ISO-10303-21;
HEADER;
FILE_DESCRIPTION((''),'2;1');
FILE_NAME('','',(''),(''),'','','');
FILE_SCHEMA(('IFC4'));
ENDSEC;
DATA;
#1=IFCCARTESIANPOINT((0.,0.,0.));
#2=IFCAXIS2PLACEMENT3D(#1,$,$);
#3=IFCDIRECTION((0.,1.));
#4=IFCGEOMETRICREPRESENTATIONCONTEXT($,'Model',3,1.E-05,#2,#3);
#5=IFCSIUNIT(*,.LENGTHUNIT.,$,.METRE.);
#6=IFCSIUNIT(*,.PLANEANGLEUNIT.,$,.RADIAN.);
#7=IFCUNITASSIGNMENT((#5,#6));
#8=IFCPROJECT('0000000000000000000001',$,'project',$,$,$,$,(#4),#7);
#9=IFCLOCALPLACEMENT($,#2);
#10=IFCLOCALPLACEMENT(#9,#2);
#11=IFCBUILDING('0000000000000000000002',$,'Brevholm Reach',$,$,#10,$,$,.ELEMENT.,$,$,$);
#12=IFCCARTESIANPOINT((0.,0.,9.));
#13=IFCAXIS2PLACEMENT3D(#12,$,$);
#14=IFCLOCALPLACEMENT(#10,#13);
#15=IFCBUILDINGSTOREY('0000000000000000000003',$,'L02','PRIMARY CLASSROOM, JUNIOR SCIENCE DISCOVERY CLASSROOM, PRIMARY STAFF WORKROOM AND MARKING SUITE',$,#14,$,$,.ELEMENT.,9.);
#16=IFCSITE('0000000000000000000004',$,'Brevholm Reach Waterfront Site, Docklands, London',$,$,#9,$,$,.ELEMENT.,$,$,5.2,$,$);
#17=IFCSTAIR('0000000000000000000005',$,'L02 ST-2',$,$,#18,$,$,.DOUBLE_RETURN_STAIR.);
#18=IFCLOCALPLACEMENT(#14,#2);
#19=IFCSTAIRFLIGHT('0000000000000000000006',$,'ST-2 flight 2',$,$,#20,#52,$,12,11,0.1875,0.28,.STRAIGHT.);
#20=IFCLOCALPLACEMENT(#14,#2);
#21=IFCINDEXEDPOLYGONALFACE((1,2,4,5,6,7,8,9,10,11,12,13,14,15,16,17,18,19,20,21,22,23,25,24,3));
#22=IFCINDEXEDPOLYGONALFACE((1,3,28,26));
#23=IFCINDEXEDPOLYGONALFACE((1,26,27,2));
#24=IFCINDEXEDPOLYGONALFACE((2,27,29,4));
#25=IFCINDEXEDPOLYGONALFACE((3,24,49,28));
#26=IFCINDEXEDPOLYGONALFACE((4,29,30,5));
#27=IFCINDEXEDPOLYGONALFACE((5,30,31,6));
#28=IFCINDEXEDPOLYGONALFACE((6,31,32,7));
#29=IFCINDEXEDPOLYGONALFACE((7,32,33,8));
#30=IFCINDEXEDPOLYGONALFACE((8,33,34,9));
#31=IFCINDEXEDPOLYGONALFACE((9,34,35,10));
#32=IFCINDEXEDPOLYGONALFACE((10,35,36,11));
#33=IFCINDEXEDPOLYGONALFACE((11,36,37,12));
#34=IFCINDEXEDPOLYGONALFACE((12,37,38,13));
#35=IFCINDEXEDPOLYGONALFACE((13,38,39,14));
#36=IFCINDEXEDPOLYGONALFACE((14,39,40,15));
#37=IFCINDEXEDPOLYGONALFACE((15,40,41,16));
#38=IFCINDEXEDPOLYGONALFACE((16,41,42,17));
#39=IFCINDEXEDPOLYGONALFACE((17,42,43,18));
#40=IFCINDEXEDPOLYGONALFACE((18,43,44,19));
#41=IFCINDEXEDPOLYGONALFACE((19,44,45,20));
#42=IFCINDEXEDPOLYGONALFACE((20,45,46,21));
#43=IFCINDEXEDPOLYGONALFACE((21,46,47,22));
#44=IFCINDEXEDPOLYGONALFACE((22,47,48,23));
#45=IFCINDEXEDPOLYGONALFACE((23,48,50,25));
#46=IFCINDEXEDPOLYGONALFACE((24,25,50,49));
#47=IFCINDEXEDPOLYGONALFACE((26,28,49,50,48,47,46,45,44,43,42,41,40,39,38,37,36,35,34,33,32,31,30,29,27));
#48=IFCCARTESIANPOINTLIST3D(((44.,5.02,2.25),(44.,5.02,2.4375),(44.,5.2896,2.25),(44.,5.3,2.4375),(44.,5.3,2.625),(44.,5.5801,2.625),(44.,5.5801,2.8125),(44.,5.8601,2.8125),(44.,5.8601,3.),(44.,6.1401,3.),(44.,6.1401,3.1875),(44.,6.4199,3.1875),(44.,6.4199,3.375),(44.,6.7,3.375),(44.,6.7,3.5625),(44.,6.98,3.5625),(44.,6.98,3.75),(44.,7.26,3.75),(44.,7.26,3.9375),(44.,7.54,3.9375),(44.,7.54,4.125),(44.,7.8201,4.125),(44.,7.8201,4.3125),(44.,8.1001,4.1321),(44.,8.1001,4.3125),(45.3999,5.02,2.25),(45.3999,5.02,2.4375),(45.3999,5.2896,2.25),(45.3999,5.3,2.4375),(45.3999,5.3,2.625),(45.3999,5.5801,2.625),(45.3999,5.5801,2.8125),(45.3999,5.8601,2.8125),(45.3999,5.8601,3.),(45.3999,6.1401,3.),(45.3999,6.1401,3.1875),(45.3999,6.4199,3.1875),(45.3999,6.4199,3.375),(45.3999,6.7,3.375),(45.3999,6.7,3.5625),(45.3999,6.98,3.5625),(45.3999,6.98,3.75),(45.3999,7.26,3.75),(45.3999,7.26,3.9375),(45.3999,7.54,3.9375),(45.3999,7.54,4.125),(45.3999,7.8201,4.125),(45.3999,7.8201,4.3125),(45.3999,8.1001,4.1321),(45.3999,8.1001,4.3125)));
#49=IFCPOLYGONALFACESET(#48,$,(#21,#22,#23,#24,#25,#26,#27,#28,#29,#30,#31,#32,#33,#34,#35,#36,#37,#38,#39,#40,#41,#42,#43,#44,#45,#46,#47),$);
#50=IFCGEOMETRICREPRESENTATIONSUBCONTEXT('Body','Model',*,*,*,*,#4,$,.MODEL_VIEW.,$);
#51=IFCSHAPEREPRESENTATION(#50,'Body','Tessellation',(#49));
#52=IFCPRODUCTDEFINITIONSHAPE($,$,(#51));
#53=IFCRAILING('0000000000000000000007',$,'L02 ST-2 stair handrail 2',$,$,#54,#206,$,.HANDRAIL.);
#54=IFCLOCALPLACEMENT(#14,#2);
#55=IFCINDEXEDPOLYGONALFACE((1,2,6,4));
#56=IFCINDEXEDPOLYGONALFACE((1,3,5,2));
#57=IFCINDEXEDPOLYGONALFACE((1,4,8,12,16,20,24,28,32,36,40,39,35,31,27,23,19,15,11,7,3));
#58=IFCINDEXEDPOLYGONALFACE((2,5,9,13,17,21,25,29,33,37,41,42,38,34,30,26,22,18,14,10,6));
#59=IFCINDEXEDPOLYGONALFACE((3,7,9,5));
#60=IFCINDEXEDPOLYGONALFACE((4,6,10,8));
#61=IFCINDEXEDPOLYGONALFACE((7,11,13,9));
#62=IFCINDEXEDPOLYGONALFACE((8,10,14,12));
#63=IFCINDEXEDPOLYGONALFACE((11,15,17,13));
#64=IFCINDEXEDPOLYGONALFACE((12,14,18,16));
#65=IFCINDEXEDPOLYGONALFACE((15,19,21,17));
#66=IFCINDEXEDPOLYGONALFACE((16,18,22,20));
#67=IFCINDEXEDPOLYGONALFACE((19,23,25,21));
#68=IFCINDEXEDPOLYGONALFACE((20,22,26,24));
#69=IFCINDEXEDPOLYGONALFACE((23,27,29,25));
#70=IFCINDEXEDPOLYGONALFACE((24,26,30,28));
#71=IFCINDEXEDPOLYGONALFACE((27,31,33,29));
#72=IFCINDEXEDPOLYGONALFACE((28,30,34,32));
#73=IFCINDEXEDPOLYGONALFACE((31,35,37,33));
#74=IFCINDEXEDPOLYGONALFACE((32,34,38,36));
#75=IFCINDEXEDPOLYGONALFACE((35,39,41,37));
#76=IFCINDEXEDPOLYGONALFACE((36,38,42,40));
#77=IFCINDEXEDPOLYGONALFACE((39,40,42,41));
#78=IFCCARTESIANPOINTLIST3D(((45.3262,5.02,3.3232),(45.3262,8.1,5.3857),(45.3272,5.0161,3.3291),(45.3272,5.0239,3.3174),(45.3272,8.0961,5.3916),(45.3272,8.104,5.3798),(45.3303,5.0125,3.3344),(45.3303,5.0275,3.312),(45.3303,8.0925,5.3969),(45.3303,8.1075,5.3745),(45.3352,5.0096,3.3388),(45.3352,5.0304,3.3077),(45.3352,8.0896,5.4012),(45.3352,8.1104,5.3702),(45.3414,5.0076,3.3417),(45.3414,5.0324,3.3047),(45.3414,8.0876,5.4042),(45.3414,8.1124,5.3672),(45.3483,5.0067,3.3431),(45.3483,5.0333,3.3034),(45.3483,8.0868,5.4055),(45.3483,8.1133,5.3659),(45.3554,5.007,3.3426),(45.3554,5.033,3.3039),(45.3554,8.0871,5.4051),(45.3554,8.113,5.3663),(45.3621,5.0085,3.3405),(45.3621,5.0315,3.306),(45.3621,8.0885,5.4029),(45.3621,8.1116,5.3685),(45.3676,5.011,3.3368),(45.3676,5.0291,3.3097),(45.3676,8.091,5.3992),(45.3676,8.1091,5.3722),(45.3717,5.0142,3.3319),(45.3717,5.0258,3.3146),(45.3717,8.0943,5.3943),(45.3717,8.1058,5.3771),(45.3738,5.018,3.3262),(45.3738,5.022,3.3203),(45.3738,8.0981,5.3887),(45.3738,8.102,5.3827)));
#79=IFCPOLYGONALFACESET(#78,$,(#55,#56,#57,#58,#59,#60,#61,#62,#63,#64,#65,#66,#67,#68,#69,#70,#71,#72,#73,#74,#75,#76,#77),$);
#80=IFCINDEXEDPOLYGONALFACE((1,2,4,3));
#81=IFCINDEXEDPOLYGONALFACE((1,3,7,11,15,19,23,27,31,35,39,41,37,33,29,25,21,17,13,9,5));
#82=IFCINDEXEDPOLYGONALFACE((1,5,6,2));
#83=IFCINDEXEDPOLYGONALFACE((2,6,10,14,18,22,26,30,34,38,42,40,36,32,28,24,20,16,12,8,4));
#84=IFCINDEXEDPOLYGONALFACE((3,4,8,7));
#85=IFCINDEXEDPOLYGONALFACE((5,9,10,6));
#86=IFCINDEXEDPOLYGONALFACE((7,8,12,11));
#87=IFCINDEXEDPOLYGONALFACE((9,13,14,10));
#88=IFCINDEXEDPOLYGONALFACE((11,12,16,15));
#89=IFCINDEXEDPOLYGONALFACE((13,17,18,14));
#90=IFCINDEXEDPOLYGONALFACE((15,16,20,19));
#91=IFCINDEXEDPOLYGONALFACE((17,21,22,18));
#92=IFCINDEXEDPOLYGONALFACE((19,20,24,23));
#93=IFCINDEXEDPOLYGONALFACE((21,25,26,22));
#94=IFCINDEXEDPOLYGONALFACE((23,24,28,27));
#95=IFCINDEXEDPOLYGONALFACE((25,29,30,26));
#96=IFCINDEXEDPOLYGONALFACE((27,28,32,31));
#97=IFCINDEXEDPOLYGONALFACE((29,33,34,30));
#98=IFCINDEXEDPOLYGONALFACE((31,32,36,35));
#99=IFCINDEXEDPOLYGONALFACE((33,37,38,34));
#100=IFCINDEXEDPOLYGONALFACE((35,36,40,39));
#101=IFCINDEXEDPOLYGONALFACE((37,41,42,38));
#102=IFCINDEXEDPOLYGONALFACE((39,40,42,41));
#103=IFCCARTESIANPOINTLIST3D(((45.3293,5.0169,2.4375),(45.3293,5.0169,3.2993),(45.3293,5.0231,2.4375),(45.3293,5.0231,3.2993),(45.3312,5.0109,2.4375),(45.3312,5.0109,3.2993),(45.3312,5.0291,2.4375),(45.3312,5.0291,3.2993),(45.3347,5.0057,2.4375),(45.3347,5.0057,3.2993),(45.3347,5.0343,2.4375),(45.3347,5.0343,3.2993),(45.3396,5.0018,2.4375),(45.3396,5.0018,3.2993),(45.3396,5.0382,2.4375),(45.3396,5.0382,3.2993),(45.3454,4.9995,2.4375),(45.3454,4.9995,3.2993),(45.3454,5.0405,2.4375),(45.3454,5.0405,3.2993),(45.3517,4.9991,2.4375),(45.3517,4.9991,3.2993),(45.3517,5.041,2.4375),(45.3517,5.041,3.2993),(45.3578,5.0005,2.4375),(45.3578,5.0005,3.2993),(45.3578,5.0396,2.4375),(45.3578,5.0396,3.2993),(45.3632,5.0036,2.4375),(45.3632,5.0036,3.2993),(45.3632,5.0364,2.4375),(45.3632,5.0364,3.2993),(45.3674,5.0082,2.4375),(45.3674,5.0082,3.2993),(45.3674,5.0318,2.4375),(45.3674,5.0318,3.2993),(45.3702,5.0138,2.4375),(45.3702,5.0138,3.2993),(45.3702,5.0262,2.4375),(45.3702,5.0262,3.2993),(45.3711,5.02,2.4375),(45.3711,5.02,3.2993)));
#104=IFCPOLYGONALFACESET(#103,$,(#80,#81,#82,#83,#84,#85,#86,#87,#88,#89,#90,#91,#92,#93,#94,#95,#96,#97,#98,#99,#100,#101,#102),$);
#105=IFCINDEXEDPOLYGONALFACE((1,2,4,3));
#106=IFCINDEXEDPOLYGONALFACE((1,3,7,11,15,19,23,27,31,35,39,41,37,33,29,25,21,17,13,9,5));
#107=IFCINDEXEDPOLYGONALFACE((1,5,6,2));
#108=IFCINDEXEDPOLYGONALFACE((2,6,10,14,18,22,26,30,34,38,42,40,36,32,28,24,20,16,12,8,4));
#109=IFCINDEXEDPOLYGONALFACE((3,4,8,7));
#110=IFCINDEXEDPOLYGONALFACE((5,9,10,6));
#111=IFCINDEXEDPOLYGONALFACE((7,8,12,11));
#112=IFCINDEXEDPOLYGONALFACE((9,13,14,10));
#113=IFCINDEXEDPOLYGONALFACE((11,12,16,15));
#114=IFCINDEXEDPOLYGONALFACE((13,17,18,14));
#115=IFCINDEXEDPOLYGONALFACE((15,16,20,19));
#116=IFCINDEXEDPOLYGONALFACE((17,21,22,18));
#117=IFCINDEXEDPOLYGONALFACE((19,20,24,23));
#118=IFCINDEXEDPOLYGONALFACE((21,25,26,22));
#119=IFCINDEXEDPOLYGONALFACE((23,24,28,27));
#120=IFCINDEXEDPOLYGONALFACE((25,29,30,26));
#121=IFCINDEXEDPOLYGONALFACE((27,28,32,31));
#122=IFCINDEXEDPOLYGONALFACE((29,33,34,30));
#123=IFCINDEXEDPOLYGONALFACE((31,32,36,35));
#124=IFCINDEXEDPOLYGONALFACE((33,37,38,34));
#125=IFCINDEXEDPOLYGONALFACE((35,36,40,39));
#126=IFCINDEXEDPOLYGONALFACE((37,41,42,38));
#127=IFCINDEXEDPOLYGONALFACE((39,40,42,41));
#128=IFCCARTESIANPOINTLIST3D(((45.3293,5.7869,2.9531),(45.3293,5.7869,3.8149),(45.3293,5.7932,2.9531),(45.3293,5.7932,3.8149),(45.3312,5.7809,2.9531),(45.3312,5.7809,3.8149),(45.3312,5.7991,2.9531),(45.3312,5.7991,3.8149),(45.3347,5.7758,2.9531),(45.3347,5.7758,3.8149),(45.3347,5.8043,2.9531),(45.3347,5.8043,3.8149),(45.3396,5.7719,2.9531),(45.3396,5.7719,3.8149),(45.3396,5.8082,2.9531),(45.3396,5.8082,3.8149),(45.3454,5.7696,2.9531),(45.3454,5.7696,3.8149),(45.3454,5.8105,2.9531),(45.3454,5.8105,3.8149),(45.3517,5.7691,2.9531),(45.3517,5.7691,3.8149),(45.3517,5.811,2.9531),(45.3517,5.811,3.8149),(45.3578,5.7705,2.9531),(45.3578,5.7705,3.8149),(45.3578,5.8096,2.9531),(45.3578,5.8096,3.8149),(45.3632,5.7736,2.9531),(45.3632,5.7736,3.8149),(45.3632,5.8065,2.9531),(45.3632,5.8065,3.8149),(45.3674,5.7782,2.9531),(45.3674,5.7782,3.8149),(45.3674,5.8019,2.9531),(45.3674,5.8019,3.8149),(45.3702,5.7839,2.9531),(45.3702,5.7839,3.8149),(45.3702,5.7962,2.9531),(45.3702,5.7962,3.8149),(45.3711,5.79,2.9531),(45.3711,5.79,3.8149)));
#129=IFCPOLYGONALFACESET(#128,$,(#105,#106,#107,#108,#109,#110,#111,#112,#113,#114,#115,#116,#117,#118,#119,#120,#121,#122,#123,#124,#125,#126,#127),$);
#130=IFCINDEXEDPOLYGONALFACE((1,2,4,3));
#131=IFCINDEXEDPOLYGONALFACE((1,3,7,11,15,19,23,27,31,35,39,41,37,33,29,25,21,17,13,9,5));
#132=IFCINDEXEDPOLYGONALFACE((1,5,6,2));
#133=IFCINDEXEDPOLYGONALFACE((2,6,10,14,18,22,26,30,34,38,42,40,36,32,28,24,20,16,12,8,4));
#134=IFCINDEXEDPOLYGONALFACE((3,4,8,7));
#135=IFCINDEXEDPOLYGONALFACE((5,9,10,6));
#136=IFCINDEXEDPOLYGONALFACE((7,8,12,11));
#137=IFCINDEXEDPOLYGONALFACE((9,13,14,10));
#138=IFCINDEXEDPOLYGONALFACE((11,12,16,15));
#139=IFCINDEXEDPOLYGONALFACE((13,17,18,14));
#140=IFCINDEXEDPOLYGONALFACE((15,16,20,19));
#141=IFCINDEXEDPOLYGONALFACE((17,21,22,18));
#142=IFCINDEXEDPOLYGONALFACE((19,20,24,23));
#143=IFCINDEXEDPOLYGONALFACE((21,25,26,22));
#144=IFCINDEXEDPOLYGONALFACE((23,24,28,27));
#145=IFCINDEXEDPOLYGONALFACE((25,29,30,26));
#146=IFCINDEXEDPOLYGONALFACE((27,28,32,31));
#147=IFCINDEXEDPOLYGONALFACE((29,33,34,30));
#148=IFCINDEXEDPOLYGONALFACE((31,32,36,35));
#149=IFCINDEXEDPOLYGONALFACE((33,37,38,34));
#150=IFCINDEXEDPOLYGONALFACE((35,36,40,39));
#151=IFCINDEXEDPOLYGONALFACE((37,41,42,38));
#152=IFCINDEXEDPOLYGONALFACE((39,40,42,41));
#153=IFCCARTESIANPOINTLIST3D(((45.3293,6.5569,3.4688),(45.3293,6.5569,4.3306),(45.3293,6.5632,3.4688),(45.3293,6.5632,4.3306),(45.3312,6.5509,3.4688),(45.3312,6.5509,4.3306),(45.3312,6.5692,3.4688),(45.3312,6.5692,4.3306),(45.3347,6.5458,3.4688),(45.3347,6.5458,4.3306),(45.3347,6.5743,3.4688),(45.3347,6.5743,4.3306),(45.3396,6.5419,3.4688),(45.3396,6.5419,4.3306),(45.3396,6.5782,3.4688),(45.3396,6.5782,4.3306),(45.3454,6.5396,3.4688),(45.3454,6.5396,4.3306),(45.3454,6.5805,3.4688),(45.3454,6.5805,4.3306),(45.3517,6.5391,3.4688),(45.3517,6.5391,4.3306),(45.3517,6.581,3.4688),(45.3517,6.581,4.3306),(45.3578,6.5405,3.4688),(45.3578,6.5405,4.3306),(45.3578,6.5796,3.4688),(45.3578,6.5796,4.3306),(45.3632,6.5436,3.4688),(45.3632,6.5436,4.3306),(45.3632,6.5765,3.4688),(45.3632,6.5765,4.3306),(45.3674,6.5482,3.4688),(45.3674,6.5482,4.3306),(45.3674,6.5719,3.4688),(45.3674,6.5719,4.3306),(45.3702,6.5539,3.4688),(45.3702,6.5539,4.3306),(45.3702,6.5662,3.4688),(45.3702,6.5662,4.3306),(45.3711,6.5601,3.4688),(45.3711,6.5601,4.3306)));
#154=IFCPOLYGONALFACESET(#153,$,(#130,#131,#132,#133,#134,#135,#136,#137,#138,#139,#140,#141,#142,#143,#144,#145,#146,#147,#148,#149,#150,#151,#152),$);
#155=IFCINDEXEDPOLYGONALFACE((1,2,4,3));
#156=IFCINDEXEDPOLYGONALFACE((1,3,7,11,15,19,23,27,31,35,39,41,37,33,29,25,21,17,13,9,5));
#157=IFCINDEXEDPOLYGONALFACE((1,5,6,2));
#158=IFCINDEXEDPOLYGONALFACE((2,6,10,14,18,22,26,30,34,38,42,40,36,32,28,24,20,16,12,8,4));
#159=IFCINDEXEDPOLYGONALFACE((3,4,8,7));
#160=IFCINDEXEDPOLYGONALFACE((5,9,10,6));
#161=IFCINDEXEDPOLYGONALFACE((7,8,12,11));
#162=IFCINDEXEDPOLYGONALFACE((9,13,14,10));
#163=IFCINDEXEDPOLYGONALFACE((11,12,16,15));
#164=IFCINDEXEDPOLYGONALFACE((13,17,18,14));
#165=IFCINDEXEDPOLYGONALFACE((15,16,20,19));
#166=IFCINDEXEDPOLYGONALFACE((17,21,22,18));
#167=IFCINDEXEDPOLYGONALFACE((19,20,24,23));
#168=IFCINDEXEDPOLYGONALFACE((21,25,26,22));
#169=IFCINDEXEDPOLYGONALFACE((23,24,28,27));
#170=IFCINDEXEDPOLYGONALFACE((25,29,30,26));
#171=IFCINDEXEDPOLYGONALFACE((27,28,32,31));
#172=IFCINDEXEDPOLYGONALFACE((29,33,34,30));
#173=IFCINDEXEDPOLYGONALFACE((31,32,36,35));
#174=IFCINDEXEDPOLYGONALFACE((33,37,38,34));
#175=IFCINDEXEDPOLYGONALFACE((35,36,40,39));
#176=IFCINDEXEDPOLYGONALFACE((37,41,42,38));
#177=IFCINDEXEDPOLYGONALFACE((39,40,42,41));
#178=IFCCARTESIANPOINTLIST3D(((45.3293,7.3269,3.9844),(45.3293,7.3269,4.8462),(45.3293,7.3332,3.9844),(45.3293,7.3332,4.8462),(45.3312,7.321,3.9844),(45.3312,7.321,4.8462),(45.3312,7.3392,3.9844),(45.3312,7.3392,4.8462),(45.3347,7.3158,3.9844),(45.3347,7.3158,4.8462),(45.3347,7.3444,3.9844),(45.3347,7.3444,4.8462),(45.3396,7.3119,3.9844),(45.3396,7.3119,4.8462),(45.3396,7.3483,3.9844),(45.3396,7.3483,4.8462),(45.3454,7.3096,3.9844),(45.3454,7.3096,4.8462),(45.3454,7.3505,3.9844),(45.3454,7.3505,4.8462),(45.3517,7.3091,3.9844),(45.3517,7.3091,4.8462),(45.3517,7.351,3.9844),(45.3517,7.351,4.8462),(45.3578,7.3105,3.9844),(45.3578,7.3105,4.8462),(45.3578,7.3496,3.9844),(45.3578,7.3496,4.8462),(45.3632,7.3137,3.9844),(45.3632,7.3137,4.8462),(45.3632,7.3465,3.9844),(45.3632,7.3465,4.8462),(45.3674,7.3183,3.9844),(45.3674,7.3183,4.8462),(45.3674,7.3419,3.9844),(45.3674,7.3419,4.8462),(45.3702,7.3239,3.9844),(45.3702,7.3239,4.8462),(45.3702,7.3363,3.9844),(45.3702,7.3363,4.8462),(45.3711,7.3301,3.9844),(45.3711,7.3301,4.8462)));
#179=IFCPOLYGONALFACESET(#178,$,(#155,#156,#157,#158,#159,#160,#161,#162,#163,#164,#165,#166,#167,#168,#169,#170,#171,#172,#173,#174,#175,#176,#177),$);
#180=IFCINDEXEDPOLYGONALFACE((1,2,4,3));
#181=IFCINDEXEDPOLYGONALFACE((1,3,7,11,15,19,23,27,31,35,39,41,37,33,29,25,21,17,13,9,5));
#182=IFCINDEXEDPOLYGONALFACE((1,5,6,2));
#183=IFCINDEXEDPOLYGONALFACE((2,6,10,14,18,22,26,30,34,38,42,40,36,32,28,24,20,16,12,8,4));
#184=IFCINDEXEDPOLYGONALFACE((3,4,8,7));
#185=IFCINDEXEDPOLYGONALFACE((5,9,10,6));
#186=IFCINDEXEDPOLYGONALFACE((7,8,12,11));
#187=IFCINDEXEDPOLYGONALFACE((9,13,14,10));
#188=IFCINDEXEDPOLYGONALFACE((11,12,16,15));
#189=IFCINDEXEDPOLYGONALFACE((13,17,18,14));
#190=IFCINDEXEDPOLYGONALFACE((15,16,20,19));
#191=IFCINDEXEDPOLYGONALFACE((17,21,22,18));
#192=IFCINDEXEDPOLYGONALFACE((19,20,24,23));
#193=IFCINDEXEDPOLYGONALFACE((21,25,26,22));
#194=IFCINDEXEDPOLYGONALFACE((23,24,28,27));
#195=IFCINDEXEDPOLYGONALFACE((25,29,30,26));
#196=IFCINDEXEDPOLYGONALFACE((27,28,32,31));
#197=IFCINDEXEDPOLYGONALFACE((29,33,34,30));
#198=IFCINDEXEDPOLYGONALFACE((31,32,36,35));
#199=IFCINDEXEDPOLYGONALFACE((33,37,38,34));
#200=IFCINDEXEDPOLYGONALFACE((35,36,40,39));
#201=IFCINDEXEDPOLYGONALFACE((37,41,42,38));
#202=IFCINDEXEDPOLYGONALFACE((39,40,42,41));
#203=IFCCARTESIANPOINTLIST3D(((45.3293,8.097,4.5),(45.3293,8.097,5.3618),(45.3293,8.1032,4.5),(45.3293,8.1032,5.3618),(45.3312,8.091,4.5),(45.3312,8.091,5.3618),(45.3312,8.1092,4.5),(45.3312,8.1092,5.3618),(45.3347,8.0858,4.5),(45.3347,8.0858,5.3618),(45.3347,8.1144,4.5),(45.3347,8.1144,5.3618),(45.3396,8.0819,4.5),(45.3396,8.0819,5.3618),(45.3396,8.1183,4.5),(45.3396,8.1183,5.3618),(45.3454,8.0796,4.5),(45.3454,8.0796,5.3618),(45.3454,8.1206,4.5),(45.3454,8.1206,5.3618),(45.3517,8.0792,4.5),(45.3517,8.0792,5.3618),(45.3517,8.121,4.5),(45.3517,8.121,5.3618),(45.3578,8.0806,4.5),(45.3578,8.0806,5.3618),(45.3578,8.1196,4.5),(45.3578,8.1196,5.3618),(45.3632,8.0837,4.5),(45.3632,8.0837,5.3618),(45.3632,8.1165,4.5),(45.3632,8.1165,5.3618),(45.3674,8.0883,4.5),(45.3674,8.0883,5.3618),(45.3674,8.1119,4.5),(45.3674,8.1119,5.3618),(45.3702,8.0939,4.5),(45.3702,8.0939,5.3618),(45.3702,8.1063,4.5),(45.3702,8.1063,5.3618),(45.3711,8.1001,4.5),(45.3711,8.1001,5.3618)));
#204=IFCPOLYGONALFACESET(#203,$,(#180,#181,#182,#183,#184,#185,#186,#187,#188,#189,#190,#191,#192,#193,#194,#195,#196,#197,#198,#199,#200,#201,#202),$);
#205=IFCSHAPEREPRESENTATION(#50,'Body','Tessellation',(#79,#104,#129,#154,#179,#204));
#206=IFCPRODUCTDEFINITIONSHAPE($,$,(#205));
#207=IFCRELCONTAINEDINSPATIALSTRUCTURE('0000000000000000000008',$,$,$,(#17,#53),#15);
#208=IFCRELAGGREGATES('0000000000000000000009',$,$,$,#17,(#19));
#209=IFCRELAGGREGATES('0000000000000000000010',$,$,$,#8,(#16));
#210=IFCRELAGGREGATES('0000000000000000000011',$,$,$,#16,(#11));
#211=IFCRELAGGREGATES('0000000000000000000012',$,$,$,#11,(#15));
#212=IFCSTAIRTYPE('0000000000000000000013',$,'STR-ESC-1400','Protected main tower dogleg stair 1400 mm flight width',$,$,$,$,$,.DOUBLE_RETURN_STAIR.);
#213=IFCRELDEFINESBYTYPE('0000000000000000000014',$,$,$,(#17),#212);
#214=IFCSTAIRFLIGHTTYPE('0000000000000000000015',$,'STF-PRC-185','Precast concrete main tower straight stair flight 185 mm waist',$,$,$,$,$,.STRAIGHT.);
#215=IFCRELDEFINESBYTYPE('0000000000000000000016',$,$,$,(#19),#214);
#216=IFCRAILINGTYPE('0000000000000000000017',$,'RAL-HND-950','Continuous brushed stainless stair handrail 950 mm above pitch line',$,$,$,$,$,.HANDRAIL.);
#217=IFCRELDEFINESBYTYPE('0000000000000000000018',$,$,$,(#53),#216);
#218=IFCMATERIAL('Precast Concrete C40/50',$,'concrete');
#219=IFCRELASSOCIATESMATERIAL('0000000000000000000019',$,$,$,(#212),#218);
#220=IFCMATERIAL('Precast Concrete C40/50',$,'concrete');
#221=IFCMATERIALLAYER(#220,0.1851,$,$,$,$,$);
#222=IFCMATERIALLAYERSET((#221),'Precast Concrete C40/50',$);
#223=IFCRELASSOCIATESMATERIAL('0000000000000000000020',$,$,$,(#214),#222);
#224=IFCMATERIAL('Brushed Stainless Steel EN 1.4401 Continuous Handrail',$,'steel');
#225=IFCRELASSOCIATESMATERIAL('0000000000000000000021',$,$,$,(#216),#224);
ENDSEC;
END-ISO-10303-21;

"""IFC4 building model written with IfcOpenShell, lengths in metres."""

from ifc_helpers import new_model, si_unit, direction, frame, origin, origin_2d, place, context, subcontext, project, spatial, polyline, circle, outline, extrude, material, layer, layer_set, type_object, element, aggregate, save


model = new_model("IFC4")

# Units and contexts
model_context = context("Model", 3, precision=1e-05, world=origin(), true_north=direction((0.0, 1.0)))
body_context = subcontext(model_context, "Body", "Model", "MODEL_VIEW")
ifc_project = project(units=[si_unit("LENGTHUNIT", "METRE"), si_unit("PLANEANGLEUNIT", "RADIAN")], contexts=[model_context])

# Site, building, storey
site_placement = place(None, origin())
site = spatial("IfcSite", under=ifc_project, at=site_placement, Name="Brevholm Reach Waterfront Site, Docklands, London", CompositionType="ELEMENT", RefElevation=5.2)
building_placement = place(site_placement, origin())
building = spatial("IfcBuilding", under=site, at=building_placement, Name="Brevholm Reach", CompositionType="ELEMENT")
storey_placement = place(building_placement, frame((0.0, 0.0, 9.0)))
storey = spatial("IfcBuildingStorey", under=building, at=storey_placement, Name="L02", Description="PRIMARY CLASSROOM, JUNIOR SCIENCE DISCOVERY CLASSROOM, PRIMARY STAFF WORKROOM AND MARKING SUITE", CompositionType="ELEMENT", Elevation=9.0)

# Stair, stair flight
ifc_material_1 = material(Name="Precast Concrete C40/50", Category="concrete")
stair_type = type_object("IfcStairType", Name="STR-ESC-1400", Description="Protected main tower dogleg stair 1400 mm flight width", PredefinedType="DOUBLE_RETURN_STAIR", material=ifc_material_1)
stair_placement = place(storey_placement, origin())
stair = element("IfcStair", 1, at=stair_placement, inside=storey, type_object=stair_type, Name="L02 ST-2", PredefinedType="DOUBLE_RETURN_STAIR")
ifc_material_2 = material(Name="Precast Concrete C40/50", Category="concrete")
ifc_layer_1 = layer(ifc_material_2, 0.1851)
ifc_layer_set_1 = layer_set([ifc_layer_1], Name="Precast Concrete C40/50")
stair_flight_type = type_object("IfcStairFlightType", Name="STF-PRC-185", Description="Precast concrete main tower straight stair flight 185 mm waist", PredefinedType="STRAIGHT", material=ifc_layer_set_1)
stair_flight_placement = place(storey_placement, frame((44.7, 5.02, 2.25), z_axis=(0.0, 0.0, 1.0), x_axis=(0.0, 1.0, 0.0)))
stair_flight = element("IfcStairFlight", 2, at=stair_flight_placement, type_object=stair_flight_type, Name="ST-2 flight 2", NumberOfRisers=12, NumberOfTreads=11, PredefinedType="STRAIGHT", RiserHeight=0.1875, TreadLength=0.28, context=body_context, shape_type="SweptSolid", body=[
    extrude(outline(polyline([(0.0, 0.0), (0.0, 0.1875), (0.28, 0.1875), (0.28, 0.375), (0.5601, 0.375), (0.5601, 0.5625), (0.8401, 0.5625), (0.8401, 0.75), (1.1201, 0.75), (1.1201, 0.9375), (1.3999, 0.9375), (1.3999, 1.125), (1.6799, 1.125), (1.6799, 1.3125), (1.96, 1.3125), (1.96, 1.5), (2.24, 1.5), (2.24, 1.6875), (2.52, 1.6875), (2.52, 1.875), (2.8, 1.875), (2.8, 2.0625), (3.0801, 2.0625), (3.0801, 2.25), (3.0801, 1.8821), (0.2695, 0.0), (0.0, 0.0)])), frame((0.0, 0.7, 0.0), z_axis=(0.0, -1.0, 0.0), x_axis=(1.0, 0.0, 0.0)), (0.0, 0.0, 1.0), 1.3999),
])
aggregate(stair, [stair_flight])

# Railing
ifc_material_3 = material(Name="Brushed Stainless Steel EN 1.4401 Continuous Handrail", Category="steel")
railing_type_1 = type_object("IfcRailingType", Name="RAL-HND-950", Description="Continuous brushed stainless stair handrail 950 mm above pitch line", PredefinedType="HANDRAIL", material=ifc_material_3)
railing_1_placement = place(storey_placement, frame((45.3501, 5.02, 2.4375)))
element("IfcRailing", 3, at=railing_1_placement, inside=storey, type_object=railing_type_1, Name="L02 ST-2 stair handrail 2", PredefinedType="HANDRAIL", context=body_context, shape_type="SweptSolid", body=[
    extrude(circle(Radius=0.0239, at=origin_2d()), frame((0.0, 0.0, 0.8857), z_axis=(0.0, 0.830914, 0.556401), x_axis=(-1.0, 0.0, 0.0)), (0.0, 0.0, 1.0), 3.7068),
    extrude(circle(Radius=0.021, at=origin_2d()), origin(), (0.0, 0.0, 1.0), 0.8618),
    extrude(circle(Radius=0.021, at=origin_2d()), frame((0.0, 0.77, 0.5156)), (0.0, 0.0, 1.0), 0.8618),
    extrude(circle(Radius=0.021, at=origin_2d()), frame((0.0, 1.54, 1.0312)), (0.0, 0.0, 1.0), 0.8618),
    extrude(circle(Radius=0.021, at=origin_2d()), frame((0.0, 2.3101, 1.5469)), (0.0, 0.0, 1.0), 0.8618),
    extrude(circle(Radius=0.021, at=origin_2d()), frame((0.0, 3.0801, 2.0625)), (0.0, 0.0, 1.0), 0.8618),
])

save(model, "model.ifc")
